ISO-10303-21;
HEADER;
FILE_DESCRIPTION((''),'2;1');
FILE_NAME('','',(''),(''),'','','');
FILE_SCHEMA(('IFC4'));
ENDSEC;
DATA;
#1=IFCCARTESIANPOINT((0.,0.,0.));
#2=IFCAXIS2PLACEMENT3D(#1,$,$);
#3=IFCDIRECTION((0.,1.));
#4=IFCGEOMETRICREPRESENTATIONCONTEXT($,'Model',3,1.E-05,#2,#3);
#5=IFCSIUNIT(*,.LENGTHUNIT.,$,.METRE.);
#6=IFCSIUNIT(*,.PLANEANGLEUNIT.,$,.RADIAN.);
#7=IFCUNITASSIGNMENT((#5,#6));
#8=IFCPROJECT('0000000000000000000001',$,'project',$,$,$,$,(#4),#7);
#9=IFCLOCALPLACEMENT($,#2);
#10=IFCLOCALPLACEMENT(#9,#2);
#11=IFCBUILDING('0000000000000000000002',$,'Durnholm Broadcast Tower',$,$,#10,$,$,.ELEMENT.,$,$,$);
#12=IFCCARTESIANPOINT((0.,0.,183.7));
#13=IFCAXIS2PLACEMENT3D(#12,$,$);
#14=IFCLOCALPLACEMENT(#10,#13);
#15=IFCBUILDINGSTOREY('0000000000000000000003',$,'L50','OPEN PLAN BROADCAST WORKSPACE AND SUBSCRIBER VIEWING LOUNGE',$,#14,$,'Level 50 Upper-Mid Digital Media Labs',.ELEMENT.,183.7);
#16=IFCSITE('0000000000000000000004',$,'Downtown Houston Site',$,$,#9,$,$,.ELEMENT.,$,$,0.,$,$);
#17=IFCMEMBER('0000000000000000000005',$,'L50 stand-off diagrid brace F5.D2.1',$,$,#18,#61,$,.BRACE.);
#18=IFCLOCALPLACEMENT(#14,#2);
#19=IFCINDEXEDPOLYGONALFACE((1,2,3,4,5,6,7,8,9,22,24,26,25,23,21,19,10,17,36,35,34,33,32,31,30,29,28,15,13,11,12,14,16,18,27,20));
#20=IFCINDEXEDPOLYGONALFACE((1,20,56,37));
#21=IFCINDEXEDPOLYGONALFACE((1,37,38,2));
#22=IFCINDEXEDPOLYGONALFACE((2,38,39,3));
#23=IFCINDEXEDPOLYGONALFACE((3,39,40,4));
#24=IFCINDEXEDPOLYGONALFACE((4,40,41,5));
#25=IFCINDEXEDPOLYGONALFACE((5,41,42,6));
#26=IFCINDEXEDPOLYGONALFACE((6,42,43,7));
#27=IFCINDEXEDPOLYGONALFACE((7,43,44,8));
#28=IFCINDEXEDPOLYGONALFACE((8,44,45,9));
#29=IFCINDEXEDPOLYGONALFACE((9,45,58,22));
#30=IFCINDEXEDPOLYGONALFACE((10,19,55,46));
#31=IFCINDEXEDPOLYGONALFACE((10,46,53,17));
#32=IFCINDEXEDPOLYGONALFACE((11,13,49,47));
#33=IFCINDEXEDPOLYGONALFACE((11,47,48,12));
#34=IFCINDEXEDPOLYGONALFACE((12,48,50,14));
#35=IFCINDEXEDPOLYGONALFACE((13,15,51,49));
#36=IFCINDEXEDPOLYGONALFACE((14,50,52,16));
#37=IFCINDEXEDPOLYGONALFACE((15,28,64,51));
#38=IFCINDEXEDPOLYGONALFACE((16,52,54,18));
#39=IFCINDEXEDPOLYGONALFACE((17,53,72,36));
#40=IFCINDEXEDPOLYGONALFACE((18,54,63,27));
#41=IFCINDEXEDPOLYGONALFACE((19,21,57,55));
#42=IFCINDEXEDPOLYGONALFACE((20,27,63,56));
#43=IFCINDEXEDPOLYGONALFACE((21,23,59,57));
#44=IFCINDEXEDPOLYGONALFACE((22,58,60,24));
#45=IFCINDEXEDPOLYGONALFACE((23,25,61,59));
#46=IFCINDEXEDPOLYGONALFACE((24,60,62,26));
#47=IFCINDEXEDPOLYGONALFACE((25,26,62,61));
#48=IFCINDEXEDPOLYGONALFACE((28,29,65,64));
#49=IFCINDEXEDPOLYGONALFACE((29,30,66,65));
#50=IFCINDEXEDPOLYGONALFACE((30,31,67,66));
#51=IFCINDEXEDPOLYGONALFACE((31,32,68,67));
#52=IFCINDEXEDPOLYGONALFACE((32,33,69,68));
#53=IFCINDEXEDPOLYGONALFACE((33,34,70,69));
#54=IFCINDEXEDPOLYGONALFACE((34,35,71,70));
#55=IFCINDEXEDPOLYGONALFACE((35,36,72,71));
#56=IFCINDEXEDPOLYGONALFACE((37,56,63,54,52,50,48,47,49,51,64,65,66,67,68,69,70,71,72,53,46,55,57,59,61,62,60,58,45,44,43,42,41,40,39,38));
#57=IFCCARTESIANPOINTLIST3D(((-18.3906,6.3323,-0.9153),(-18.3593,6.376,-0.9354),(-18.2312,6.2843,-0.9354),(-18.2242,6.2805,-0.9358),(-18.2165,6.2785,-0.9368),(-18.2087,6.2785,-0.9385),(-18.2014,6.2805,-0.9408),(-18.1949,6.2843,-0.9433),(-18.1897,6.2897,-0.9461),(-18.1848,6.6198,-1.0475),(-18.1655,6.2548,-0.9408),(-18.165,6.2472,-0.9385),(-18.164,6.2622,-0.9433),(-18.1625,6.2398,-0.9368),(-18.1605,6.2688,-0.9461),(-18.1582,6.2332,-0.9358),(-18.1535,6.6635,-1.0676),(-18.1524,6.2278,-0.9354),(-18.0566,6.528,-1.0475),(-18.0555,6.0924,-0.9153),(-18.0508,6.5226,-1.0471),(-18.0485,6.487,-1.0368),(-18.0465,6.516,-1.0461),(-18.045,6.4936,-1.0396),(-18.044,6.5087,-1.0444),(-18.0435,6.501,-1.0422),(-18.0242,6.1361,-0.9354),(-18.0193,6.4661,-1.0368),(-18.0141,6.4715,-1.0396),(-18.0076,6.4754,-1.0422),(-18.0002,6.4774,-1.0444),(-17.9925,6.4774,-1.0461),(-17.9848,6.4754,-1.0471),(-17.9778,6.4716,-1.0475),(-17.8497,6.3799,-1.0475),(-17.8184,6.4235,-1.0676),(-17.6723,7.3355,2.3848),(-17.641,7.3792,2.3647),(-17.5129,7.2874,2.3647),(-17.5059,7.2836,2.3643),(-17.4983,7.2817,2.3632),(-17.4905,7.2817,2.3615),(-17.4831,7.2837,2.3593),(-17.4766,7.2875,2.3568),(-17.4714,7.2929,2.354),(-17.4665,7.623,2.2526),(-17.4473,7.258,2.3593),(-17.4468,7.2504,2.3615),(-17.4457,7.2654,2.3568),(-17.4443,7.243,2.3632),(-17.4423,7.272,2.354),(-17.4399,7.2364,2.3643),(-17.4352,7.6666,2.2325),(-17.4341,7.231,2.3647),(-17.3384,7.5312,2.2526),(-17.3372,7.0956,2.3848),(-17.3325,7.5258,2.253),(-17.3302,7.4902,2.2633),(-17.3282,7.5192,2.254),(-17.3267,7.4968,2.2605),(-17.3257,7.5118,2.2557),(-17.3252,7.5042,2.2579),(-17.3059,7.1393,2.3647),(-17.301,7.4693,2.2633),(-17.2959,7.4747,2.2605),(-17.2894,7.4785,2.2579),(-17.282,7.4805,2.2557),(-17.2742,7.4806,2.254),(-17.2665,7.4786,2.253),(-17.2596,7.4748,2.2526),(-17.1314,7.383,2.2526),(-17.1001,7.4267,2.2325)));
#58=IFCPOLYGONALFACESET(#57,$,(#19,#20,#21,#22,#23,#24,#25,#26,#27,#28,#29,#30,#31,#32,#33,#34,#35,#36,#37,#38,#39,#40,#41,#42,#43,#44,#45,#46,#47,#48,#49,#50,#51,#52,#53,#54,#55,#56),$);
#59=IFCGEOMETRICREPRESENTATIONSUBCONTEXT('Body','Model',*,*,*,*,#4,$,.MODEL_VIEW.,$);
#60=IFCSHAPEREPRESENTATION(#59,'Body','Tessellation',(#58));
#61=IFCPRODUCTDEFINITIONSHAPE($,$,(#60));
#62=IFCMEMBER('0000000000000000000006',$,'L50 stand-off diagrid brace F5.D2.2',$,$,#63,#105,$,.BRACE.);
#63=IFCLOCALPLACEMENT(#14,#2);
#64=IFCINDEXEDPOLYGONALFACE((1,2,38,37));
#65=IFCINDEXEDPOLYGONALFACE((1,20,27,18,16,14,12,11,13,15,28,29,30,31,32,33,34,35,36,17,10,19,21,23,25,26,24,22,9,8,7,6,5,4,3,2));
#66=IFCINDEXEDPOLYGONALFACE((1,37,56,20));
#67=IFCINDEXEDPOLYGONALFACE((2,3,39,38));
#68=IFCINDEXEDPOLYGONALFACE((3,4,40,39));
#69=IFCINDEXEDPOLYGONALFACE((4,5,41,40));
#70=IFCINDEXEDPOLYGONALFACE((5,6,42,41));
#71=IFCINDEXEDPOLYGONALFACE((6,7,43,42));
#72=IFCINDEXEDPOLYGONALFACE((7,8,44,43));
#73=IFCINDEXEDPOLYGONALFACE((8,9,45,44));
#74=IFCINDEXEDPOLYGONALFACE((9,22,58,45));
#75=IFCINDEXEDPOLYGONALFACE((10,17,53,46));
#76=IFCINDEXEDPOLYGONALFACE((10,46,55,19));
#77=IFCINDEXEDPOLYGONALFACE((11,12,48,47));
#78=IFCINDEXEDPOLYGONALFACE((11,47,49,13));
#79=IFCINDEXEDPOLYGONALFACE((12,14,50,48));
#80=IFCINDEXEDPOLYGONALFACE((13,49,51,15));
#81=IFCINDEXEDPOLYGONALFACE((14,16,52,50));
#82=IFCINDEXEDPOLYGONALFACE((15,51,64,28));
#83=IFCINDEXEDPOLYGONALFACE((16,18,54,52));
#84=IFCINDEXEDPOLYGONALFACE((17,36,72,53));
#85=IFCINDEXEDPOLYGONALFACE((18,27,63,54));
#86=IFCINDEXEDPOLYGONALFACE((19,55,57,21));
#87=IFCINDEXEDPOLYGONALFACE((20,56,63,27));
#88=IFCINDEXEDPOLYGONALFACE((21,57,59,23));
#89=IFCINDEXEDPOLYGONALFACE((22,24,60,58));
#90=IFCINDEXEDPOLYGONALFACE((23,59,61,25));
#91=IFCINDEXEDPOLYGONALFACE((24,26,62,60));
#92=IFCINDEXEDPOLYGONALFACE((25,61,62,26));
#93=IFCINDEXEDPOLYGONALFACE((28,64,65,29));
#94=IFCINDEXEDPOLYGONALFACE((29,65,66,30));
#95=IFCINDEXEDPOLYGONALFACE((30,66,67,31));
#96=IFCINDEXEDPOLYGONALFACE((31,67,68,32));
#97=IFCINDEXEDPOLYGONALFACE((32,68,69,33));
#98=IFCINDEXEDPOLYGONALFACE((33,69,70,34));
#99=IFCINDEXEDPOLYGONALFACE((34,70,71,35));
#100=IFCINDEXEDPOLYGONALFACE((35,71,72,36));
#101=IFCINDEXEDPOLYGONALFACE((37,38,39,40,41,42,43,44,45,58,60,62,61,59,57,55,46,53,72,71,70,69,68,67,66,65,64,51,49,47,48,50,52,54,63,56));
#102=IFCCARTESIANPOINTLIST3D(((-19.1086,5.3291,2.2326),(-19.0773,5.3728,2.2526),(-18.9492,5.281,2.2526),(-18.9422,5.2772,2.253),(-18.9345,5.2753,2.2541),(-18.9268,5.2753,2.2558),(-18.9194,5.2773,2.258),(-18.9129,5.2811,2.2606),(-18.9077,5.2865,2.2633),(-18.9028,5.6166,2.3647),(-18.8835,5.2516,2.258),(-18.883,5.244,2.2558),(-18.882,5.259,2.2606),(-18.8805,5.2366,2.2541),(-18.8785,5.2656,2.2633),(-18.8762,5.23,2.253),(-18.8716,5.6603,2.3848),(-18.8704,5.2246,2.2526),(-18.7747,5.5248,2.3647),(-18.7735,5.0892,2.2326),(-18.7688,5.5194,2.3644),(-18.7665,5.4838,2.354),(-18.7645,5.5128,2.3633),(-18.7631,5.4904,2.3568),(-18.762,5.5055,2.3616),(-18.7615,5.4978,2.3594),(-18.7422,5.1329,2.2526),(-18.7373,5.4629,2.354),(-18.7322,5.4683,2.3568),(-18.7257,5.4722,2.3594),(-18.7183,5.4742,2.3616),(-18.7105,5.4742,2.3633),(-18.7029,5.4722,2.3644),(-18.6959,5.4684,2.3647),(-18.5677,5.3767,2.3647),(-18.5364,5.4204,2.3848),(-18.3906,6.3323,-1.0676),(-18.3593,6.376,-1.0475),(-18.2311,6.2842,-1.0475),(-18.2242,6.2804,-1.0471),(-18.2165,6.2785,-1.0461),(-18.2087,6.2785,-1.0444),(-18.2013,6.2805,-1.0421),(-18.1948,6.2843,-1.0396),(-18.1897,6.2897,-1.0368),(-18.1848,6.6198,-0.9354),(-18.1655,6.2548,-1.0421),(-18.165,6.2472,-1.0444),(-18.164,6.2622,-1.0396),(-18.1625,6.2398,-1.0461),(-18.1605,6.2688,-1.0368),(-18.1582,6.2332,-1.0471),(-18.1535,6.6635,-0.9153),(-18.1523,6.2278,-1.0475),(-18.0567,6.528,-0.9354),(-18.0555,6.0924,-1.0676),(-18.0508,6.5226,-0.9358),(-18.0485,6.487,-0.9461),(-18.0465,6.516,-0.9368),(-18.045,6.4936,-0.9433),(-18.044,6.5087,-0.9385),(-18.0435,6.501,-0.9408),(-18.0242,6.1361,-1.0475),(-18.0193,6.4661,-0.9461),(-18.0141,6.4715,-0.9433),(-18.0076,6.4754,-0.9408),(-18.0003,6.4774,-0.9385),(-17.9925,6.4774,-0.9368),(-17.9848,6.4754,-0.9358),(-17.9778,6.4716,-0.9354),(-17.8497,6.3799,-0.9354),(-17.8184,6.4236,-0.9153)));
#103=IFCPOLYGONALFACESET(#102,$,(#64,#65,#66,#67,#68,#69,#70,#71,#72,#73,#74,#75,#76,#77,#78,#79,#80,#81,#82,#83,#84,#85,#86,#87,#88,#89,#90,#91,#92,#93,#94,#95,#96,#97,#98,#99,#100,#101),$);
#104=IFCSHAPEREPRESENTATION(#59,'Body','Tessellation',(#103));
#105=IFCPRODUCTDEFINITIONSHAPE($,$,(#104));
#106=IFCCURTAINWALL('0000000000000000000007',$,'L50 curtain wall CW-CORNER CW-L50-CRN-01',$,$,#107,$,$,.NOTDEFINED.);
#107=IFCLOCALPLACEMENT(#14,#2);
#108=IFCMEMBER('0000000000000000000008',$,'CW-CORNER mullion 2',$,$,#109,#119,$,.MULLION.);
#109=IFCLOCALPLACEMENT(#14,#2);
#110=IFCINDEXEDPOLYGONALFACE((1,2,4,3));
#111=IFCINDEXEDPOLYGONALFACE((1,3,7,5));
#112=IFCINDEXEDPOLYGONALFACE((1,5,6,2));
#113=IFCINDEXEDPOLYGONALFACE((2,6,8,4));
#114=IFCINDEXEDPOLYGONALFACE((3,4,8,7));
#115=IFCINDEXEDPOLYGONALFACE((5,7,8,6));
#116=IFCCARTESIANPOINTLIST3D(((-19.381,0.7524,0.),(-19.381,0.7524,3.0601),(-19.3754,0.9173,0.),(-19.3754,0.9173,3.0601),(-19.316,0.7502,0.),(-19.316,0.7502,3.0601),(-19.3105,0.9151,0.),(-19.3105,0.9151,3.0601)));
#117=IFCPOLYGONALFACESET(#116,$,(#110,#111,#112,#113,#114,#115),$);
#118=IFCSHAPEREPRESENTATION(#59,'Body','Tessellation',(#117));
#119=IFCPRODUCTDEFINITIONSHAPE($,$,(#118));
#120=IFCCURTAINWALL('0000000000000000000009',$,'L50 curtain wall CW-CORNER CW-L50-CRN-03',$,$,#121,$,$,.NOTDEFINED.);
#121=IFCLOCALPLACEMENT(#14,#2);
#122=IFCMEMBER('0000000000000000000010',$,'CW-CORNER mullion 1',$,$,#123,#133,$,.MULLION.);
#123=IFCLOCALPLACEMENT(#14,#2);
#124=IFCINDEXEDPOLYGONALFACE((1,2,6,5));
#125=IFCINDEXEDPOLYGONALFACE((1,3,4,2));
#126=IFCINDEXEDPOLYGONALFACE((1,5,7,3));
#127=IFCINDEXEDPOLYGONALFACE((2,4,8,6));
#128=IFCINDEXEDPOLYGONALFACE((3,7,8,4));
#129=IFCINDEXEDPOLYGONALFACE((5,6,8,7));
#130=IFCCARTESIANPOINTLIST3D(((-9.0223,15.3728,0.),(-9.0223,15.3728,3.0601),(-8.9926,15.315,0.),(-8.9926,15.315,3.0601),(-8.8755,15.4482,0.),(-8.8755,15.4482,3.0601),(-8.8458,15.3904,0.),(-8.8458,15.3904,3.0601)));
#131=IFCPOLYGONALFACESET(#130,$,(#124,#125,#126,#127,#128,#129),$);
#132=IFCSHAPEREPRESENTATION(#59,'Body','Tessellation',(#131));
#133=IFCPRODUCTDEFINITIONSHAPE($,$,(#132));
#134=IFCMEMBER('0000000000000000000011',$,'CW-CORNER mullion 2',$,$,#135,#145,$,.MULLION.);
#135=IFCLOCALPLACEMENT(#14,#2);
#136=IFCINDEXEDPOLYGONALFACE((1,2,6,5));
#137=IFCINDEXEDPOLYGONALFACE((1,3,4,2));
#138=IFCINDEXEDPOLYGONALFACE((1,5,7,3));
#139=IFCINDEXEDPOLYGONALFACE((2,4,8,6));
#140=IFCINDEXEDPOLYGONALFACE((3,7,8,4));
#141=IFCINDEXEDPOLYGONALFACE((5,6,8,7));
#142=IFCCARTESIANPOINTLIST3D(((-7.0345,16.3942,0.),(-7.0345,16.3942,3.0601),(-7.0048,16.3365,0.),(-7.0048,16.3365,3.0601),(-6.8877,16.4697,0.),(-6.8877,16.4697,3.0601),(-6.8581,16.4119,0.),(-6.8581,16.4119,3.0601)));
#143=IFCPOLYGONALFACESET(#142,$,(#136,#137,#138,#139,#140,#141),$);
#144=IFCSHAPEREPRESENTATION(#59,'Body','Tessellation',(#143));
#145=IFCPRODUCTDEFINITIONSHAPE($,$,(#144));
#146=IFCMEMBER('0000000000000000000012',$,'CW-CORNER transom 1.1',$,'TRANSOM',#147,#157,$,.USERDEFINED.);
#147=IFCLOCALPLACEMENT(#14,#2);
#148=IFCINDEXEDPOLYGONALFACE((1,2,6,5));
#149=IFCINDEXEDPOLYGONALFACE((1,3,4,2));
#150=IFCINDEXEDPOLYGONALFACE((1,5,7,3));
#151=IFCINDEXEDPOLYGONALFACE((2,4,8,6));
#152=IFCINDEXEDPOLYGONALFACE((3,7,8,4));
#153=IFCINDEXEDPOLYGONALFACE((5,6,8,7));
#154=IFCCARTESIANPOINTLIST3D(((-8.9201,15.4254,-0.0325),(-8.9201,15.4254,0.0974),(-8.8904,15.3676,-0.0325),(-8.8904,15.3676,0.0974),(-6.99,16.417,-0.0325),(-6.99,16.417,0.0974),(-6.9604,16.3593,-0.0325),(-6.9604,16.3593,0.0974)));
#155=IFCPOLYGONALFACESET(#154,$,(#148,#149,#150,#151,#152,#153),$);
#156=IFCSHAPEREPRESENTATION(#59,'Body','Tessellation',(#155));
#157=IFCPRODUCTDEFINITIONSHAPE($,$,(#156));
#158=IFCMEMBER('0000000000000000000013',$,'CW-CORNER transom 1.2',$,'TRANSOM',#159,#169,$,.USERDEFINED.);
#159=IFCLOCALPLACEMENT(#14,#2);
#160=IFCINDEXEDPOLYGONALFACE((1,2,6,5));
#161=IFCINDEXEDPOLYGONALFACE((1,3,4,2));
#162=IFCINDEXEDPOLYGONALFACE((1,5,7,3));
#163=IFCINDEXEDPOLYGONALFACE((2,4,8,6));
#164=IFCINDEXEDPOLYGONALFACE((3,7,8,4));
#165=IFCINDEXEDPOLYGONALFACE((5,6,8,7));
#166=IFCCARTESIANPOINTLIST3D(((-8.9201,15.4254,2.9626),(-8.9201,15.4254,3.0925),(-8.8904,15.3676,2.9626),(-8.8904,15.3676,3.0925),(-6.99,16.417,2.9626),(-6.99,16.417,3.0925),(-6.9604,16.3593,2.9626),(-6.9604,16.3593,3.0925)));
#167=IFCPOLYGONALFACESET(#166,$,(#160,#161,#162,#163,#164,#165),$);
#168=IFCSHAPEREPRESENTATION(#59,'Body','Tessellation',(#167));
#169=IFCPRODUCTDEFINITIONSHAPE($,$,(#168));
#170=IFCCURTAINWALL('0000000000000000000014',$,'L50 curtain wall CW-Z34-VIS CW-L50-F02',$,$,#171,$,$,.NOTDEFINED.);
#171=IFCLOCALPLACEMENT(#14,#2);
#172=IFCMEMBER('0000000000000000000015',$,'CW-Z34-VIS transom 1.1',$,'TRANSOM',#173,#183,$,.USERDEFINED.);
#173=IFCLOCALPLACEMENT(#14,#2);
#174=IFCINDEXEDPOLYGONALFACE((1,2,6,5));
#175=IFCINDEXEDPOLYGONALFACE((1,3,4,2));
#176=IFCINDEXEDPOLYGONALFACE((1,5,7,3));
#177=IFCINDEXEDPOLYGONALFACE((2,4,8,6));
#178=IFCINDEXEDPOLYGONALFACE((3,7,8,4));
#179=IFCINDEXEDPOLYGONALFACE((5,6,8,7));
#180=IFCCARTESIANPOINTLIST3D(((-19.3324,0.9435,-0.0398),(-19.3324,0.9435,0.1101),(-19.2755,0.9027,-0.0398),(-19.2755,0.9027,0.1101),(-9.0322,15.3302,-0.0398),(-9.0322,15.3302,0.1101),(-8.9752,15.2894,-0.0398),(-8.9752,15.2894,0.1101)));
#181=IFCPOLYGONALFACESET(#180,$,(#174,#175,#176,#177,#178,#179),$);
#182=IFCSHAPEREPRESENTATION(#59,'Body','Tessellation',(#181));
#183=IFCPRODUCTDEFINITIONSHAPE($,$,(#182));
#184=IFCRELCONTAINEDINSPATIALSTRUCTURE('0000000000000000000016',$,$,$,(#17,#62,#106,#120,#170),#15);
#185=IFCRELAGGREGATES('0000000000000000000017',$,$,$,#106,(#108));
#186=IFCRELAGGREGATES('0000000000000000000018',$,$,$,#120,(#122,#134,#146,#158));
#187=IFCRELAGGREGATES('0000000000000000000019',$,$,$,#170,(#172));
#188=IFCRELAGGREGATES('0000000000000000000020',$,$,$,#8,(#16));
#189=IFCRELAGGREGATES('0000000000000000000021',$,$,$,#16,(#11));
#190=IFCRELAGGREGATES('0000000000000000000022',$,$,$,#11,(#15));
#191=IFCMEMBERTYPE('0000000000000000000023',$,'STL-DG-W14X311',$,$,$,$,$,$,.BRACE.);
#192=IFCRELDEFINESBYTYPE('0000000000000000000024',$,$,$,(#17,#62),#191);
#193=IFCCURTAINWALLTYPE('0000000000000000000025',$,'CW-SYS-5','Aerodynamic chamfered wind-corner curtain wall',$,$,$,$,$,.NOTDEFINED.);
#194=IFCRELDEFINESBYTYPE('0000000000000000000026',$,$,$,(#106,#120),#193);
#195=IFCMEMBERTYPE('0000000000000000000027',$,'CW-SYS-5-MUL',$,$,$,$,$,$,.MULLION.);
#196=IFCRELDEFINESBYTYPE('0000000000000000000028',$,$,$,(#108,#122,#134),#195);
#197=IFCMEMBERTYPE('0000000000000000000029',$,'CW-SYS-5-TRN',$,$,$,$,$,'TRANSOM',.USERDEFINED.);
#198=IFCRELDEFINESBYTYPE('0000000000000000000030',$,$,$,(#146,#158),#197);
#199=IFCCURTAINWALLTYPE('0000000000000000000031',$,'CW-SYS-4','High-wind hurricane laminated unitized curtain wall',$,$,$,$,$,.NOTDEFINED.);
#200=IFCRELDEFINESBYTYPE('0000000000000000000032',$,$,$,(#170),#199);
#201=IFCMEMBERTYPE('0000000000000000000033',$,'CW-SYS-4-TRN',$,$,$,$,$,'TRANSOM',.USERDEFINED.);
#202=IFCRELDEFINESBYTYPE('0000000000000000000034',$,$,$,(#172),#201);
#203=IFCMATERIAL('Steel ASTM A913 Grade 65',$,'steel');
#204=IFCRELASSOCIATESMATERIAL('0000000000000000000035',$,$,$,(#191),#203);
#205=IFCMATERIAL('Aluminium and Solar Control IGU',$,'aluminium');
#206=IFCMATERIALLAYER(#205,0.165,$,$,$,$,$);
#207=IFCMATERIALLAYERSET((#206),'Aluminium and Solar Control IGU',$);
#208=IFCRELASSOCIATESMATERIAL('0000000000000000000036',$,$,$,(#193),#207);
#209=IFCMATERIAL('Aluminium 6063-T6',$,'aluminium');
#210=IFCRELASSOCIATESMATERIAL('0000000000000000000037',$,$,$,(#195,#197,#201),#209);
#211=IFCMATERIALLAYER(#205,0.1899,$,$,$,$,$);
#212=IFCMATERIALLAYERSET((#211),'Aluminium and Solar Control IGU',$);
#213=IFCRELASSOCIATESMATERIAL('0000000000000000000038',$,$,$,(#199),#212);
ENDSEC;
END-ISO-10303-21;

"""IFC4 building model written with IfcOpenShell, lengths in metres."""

from ifc_helpers import new_model, si_unit, direction, frame, origin, origin_2d, place, context, subcontext, project, spatial, rectangle, i_section, extrude, source, transform, mapped, material, layer, layer_set, material_profile, profile_set, type_object, type_shapes, element, aggregate, save


model = new_model("IFC4")

# Units and contexts
model_context = context("Model", 3, precision=1e-05, world=origin(), true_north=direction((0.0, 1.0)))
body_context = subcontext(model_context, "Body", "Model", "MODEL_VIEW")
ifc_project = project(units=[si_unit("LENGTHUNIT", "METRE"), si_unit("PLANEANGLEUNIT", "RADIAN")], contexts=[model_context])

# Site, building, storey
site_placement = place(None, origin())
site = spatial("IfcSite", under=ifc_project, at=site_placement, Name="Downtown Houston Site", CompositionType="ELEMENT", RefElevation=0.0)
building_placement = place(site_placement, origin())
building = spatial("IfcBuilding", under=site, at=building_placement, Name="Durnholm Broadcast Tower", CompositionType="ELEMENT")
storey_placement = place(building_placement, frame((0.0, 0.0, 183.7)))
storey = spatial("IfcBuildingStorey", under=building, at=storey_placement, Name="L50", Description="OPEN PLAN BROADCAST WORKSPACE AND SUBSCRIBER VIEWING LOUNGE", LongName="Level 50 Upper-Mid Digital Media Labs", CompositionType="ELEMENT", Elevation=183.7)

# Members
ifc_material_1 = material(Name="Steel ASTM A913 Grade 65", Category="steel")
ifc_material_profile_1 = material_profile(ifc_material_1, i_section(OverallWidth=0.4121, OverallDepth=0.4348, WebThickness=0.0359, FlangeThickness=0.0574, FilletRadius=0.0305, at=origin_2d()), Name="W14X311")
ifc_profile_set_1 = profile_set([ifc_material_profile_1], Name="Steel ASTM A913 Grade 65")
member_type_1 = type_object("IfcMemberType", Name="STL-DG-W14X311", PredefinedType="BRACE", material=ifc_profile_set_1)
shared_shape_1 = source(origin(), body_context, "Body", "SweptSolid", [
    extrude(i_section(OverallWidth=0.4121, OverallDepth=0.4348, WebThickness=0.0359, FlangeThickness=0.0574, FilletRadius=0.0305, at=origin_2d()), origin(), (0.0, 0.0, 1.0), 3.5232),
])
type_shapes(member_type_1, [shared_shape_1])
for number, where, z_axis, x_axis, name in (
    (1, (-18.1045, 6.3779, -0.9915), (0.203869, 0.284738, 0.936676), (-0.813078, 0.582155, 0.0), "L50 stand-off diagrid brace F5.D2.1"),
    (2, (-18.1045, 6.3779, -0.9915), (-0.203803, -0.284742, 0.936689), (0.813171, -0.582024, 0.0), "L50 stand-off diagrid brace F5.D2.2"),
):
    element("IfcMember", number, at=place(storey_placement, frame(where, z_axis=z_axis, x_axis=x_axis)), inside=storey, type_object=member_type_1, Name=name, PredefinedType="BRACE", context=body_context, shape_type="MappedRepresentation", body=[
        mapped(shared_shape_1, transform((0.0, 0.0, 0.0), x_axis=(1.0, 0.0, 0.0), y_axis=(0.0, 1.0, 0.0), z_axis=(0.0, 0.0, 1.0), scale=1.0)),
    ])

# Curtain wall, member
ifc_material_2 = material(Name="Aluminium and Solar Control IGU", Category="aluminium")
ifc_layer_1 = layer(ifc_material_2, 0.165)
ifc_layer_set_1 = layer_set([ifc_layer_1], Name="Aluminium and Solar Control IGU")
curtain_wall_type_1 = type_object("IfcCurtainWallType", Name="CW-SYS-5", Description="Aerodynamic chamfered wind-corner curtain wall", PredefinedType="NOTDEFINED", material=ifc_layer_set_1)
curtain_wall_1_placement = place(storey_placement, origin())
curtain_wall_1 = element("IfcCurtainWall", 3, at=curtain_wall_1_placement, inside=storey, type_object=curtain_wall_type_1, Name="L50 curtain wall CW-CORNER CW-L50-CRN-01", PredefinedType="NOTDEFINED")
ifc_material_3 = material(Name="Aluminium 6063-T6", Category="aluminium")
ifc_material_profile_2 = material_profile(ifc_material_3, rectangle(XDim=0.0649, YDim=0.165, at=origin_2d()), Name="CWM65X165")
ifc_profile_set_2 = profile_set([ifc_material_profile_2], Name="Aluminium 6063-T6")
member_type_2 = type_object("IfcMemberType", Name="CW-SYS-5-MUL", PredefinedType="MULLION", material=ifc_profile_set_2)
shared_shape_2 = source(origin(), body_context, "Body", "SweptSolid", [
    extrude(rectangle(XDim=0.0649, YDim=0.165, at=origin_2d()), origin(), (0.0, 0.0, 1.0), 3.0601),
])
type_shapes(member_type_2, [shared_shape_2])
member_1_placement = place(storey_placement, frame((-19.3457, 0.8337, 0.0), z_axis=(0.0, 0.0, 1.0), x_axis=(-0.999425, 0.033913, 0.0)))
member_1 = element("IfcMember", 4, at=member_1_placement, type_object=member_type_2, Name="CW-CORNER mullion 2", PredefinedType="MULLION", context=body_context, shape_type="MappedRepresentation", body=[
    mapped(shared_shape_2, transform((0.0, 0.0, 0.0), x_axis=(1.0, 0.0, 0.0), y_axis=(0.0, 1.0, 0.0), z_axis=(0.0, 0.0, 1.0), scale=1.0)),
])
aggregate(curtain_wall_1, [member_1])

# Curtain walls, members
curtain_wall_2_placement = place(storey_placement, origin())
curtain_wall_2 = element("IfcCurtainWall", 5, at=curtain_wall_2_placement, inside=storey, type_object=curtain_wall_type_1, Name="L50 curtain wall CW-CORNER CW-L50-CRN-03", PredefinedType="NOTDEFINED")
member_2_placement = place(storey_placement, frame((-8.9341, 15.3816, 0.0), z_axis=(0.0, 0.0, 1.0), x_axis=(-0.457082, 0.889425, 0.0)))
member_2 = element("IfcMember", 6, at=member_2_placement, type_object=member_type_2, Name="CW-CORNER mullion 1", PredefinedType="MULLION", context=body_context, shape_type="MappedRepresentation", body=[
    mapped(shared_shape_2, transform((0.0, 0.0, 0.0), x_axis=(1.0, 0.0, 0.0), y_axis=(0.0, 1.0, 0.0), z_axis=(0.0, 0.0, 1.0), scale=1.0)),
])
member_3_placement = place(storey_placement, frame((-6.9463, 16.4031, 0.0), z_axis=(0.0, 0.0, 1.0), x_axis=(-0.457082, 0.889425, 0.0)))
member_3 = element("IfcMember", 7, at=member_3_placement, type_object=member_type_2, Name="CW-CORNER mullion 2", PredefinedType="MULLION", context=body_context, shape_type="MappedRepresentation", body=[
    mapped(shared_shape_2, transform((0.0, 0.0, 0.0), x_axis=(1.0, 0.0, 0.0), y_axis=(0.0, 1.0, 0.0), z_axis=(0.0, 0.0, 1.0), scale=1.0)),
])
ifc_material_profile_3 = material_profile(ifc_material_3, rectangle(XDim=0.0649, YDim=0.1299, at=origin_2d()), Name="CWT65X130")
ifc_profile_set_3 = profile_set([ifc_material_profile_3], Name="Aluminium 6063-T6")
member_type_3 = type_object("IfcMemberType", Name="CW-SYS-5-TRN", ElementType="TRANSOM", PredefinedType="USERDEFINED", material=ifc_profile_set_3)
shared_shape_3 = source(origin(), body_context, "Body", "SweptSolid", [
    extrude(rectangle(XDim=0.0649, YDim=0.1299, at=origin_2d()), origin(), (0.0, 0.0, 1.0), 2.1699),
])
type_shapes(member_type_3, [shared_shape_3])
member_4_placement = place(storey_placement, frame((-8.9053, 15.3965, 0.0325), z_axis=(0.889468, 0.456997, 0.0), x_axis=(-0.456997, 0.889468, 0.0)))
member_4 = element("IfcMember", 8, at=member_4_placement, type_object=member_type_3, Name="CW-CORNER transom 1.1", ObjectType="TRANSOM", PredefinedType="USERDEFINED", context=body_context, shape_type="MappedRepresentation", body=[
    mapped(shared_shape_3, transform((0.0, 0.0, 0.0), x_axis=(1.0, 0.0, 0.0), y_axis=(0.0, 1.0, 0.0), z_axis=(0.0, 0.0, 1.0), scale=1.0)),
])
member_5_placement = place(storey_placement, frame((-8.9053, 15.3965, 3.0276), z_axis=(0.889468, 0.456997, 0.0), x_axis=(-0.456997, 0.889468, 0.0)))
member_5 = element("IfcMember", 9, at=member_5_placement, type_object=member_type_3, Name="CW-CORNER transom 1.2", ObjectType="TRANSOM", PredefinedType="USERDEFINED", context=body_context, shape_type="MappedRepresentation", body=[
    mapped(shared_shape_3, transform((0.0, 0.0, 0.0), x_axis=(1.0, 0.0, 0.0), y_axis=(0.0, 1.0, 0.0), z_axis=(0.0, 0.0, 1.0), scale=1.0)),
])
ifc_layer_2 = layer(ifc_material_2, 0.1899)
ifc_layer_set_2 = layer_set([ifc_layer_2], Name="Aluminium and Solar Control IGU")
curtain_wall_type_2 = type_object("IfcCurtainWallType", Name="CW-SYS-4", Description="High-wind hurricane laminated unitized curtain wall", PredefinedType="NOTDEFINED", material=ifc_layer_set_2)
curtain_wall_3_placement = place(storey_placement, origin())
curtain_wall_3 = element("IfcCurtainWall", 10, at=curtain_wall_3_placement, inside=storey, type_object=curtain_wall_type_2, Name="L50 curtain wall CW-Z34-VIS CW-L50-F02", PredefinedType="NOTDEFINED")
ifc_material_profile_4 = material_profile(ifc_material_3, rectangle(XDim=0.0701, YDim=0.1499, at=origin_2d()), Name="CWT70X150")
ifc_profile_set_4 = profile_set([ifc_material_profile_4], Name="Aluminium 6063-T6")
member_type_4 = type_object("IfcMemberType", Name="CW-SYS-4-TRN", ElementType="TRANSOM", PredefinedType="USERDEFINED", material=ifc_profile_set_4)
shared_shape_4 = source(origin(), body_context, "Body", "SweptSolid", [
    extrude(rectangle(XDim=0.0701, YDim=0.1499, at=origin_2d()), origin(), (0.0, 0.0, 1.0), 17.6938),
])
type_shapes(member_type_4, [shared_shape_4])
member_6_placement = place(storey_placement, frame((-19.304, 0.9231, 0.0352), z_axis=(0.582138, 0.81309, 0.0), x_axis=(-0.81309, 0.582138, 0.0)))
member_6 = element("IfcMember", 11, at=member_6_placement, type_object=member_type_4, Name="CW-Z34-VIS transom 1.1", ObjectType="TRANSOM", PredefinedType="USERDEFINED", context=body_context, shape_type="MappedRepresentation", body=[
    mapped(shared_shape_4, transform((0.0, 0.0, 0.0), x_axis=(1.0, 0.0, 0.0), y_axis=(0.0, 1.0, 0.0), z_axis=(0.0, 0.0, 1.0), scale=1.0)),
])

aggregate(curtain_wall_2, [member_2, member_3, member_4, member_5])
aggregate(curtain_wall_3, [member_6])

save(model, "model.ifc")
